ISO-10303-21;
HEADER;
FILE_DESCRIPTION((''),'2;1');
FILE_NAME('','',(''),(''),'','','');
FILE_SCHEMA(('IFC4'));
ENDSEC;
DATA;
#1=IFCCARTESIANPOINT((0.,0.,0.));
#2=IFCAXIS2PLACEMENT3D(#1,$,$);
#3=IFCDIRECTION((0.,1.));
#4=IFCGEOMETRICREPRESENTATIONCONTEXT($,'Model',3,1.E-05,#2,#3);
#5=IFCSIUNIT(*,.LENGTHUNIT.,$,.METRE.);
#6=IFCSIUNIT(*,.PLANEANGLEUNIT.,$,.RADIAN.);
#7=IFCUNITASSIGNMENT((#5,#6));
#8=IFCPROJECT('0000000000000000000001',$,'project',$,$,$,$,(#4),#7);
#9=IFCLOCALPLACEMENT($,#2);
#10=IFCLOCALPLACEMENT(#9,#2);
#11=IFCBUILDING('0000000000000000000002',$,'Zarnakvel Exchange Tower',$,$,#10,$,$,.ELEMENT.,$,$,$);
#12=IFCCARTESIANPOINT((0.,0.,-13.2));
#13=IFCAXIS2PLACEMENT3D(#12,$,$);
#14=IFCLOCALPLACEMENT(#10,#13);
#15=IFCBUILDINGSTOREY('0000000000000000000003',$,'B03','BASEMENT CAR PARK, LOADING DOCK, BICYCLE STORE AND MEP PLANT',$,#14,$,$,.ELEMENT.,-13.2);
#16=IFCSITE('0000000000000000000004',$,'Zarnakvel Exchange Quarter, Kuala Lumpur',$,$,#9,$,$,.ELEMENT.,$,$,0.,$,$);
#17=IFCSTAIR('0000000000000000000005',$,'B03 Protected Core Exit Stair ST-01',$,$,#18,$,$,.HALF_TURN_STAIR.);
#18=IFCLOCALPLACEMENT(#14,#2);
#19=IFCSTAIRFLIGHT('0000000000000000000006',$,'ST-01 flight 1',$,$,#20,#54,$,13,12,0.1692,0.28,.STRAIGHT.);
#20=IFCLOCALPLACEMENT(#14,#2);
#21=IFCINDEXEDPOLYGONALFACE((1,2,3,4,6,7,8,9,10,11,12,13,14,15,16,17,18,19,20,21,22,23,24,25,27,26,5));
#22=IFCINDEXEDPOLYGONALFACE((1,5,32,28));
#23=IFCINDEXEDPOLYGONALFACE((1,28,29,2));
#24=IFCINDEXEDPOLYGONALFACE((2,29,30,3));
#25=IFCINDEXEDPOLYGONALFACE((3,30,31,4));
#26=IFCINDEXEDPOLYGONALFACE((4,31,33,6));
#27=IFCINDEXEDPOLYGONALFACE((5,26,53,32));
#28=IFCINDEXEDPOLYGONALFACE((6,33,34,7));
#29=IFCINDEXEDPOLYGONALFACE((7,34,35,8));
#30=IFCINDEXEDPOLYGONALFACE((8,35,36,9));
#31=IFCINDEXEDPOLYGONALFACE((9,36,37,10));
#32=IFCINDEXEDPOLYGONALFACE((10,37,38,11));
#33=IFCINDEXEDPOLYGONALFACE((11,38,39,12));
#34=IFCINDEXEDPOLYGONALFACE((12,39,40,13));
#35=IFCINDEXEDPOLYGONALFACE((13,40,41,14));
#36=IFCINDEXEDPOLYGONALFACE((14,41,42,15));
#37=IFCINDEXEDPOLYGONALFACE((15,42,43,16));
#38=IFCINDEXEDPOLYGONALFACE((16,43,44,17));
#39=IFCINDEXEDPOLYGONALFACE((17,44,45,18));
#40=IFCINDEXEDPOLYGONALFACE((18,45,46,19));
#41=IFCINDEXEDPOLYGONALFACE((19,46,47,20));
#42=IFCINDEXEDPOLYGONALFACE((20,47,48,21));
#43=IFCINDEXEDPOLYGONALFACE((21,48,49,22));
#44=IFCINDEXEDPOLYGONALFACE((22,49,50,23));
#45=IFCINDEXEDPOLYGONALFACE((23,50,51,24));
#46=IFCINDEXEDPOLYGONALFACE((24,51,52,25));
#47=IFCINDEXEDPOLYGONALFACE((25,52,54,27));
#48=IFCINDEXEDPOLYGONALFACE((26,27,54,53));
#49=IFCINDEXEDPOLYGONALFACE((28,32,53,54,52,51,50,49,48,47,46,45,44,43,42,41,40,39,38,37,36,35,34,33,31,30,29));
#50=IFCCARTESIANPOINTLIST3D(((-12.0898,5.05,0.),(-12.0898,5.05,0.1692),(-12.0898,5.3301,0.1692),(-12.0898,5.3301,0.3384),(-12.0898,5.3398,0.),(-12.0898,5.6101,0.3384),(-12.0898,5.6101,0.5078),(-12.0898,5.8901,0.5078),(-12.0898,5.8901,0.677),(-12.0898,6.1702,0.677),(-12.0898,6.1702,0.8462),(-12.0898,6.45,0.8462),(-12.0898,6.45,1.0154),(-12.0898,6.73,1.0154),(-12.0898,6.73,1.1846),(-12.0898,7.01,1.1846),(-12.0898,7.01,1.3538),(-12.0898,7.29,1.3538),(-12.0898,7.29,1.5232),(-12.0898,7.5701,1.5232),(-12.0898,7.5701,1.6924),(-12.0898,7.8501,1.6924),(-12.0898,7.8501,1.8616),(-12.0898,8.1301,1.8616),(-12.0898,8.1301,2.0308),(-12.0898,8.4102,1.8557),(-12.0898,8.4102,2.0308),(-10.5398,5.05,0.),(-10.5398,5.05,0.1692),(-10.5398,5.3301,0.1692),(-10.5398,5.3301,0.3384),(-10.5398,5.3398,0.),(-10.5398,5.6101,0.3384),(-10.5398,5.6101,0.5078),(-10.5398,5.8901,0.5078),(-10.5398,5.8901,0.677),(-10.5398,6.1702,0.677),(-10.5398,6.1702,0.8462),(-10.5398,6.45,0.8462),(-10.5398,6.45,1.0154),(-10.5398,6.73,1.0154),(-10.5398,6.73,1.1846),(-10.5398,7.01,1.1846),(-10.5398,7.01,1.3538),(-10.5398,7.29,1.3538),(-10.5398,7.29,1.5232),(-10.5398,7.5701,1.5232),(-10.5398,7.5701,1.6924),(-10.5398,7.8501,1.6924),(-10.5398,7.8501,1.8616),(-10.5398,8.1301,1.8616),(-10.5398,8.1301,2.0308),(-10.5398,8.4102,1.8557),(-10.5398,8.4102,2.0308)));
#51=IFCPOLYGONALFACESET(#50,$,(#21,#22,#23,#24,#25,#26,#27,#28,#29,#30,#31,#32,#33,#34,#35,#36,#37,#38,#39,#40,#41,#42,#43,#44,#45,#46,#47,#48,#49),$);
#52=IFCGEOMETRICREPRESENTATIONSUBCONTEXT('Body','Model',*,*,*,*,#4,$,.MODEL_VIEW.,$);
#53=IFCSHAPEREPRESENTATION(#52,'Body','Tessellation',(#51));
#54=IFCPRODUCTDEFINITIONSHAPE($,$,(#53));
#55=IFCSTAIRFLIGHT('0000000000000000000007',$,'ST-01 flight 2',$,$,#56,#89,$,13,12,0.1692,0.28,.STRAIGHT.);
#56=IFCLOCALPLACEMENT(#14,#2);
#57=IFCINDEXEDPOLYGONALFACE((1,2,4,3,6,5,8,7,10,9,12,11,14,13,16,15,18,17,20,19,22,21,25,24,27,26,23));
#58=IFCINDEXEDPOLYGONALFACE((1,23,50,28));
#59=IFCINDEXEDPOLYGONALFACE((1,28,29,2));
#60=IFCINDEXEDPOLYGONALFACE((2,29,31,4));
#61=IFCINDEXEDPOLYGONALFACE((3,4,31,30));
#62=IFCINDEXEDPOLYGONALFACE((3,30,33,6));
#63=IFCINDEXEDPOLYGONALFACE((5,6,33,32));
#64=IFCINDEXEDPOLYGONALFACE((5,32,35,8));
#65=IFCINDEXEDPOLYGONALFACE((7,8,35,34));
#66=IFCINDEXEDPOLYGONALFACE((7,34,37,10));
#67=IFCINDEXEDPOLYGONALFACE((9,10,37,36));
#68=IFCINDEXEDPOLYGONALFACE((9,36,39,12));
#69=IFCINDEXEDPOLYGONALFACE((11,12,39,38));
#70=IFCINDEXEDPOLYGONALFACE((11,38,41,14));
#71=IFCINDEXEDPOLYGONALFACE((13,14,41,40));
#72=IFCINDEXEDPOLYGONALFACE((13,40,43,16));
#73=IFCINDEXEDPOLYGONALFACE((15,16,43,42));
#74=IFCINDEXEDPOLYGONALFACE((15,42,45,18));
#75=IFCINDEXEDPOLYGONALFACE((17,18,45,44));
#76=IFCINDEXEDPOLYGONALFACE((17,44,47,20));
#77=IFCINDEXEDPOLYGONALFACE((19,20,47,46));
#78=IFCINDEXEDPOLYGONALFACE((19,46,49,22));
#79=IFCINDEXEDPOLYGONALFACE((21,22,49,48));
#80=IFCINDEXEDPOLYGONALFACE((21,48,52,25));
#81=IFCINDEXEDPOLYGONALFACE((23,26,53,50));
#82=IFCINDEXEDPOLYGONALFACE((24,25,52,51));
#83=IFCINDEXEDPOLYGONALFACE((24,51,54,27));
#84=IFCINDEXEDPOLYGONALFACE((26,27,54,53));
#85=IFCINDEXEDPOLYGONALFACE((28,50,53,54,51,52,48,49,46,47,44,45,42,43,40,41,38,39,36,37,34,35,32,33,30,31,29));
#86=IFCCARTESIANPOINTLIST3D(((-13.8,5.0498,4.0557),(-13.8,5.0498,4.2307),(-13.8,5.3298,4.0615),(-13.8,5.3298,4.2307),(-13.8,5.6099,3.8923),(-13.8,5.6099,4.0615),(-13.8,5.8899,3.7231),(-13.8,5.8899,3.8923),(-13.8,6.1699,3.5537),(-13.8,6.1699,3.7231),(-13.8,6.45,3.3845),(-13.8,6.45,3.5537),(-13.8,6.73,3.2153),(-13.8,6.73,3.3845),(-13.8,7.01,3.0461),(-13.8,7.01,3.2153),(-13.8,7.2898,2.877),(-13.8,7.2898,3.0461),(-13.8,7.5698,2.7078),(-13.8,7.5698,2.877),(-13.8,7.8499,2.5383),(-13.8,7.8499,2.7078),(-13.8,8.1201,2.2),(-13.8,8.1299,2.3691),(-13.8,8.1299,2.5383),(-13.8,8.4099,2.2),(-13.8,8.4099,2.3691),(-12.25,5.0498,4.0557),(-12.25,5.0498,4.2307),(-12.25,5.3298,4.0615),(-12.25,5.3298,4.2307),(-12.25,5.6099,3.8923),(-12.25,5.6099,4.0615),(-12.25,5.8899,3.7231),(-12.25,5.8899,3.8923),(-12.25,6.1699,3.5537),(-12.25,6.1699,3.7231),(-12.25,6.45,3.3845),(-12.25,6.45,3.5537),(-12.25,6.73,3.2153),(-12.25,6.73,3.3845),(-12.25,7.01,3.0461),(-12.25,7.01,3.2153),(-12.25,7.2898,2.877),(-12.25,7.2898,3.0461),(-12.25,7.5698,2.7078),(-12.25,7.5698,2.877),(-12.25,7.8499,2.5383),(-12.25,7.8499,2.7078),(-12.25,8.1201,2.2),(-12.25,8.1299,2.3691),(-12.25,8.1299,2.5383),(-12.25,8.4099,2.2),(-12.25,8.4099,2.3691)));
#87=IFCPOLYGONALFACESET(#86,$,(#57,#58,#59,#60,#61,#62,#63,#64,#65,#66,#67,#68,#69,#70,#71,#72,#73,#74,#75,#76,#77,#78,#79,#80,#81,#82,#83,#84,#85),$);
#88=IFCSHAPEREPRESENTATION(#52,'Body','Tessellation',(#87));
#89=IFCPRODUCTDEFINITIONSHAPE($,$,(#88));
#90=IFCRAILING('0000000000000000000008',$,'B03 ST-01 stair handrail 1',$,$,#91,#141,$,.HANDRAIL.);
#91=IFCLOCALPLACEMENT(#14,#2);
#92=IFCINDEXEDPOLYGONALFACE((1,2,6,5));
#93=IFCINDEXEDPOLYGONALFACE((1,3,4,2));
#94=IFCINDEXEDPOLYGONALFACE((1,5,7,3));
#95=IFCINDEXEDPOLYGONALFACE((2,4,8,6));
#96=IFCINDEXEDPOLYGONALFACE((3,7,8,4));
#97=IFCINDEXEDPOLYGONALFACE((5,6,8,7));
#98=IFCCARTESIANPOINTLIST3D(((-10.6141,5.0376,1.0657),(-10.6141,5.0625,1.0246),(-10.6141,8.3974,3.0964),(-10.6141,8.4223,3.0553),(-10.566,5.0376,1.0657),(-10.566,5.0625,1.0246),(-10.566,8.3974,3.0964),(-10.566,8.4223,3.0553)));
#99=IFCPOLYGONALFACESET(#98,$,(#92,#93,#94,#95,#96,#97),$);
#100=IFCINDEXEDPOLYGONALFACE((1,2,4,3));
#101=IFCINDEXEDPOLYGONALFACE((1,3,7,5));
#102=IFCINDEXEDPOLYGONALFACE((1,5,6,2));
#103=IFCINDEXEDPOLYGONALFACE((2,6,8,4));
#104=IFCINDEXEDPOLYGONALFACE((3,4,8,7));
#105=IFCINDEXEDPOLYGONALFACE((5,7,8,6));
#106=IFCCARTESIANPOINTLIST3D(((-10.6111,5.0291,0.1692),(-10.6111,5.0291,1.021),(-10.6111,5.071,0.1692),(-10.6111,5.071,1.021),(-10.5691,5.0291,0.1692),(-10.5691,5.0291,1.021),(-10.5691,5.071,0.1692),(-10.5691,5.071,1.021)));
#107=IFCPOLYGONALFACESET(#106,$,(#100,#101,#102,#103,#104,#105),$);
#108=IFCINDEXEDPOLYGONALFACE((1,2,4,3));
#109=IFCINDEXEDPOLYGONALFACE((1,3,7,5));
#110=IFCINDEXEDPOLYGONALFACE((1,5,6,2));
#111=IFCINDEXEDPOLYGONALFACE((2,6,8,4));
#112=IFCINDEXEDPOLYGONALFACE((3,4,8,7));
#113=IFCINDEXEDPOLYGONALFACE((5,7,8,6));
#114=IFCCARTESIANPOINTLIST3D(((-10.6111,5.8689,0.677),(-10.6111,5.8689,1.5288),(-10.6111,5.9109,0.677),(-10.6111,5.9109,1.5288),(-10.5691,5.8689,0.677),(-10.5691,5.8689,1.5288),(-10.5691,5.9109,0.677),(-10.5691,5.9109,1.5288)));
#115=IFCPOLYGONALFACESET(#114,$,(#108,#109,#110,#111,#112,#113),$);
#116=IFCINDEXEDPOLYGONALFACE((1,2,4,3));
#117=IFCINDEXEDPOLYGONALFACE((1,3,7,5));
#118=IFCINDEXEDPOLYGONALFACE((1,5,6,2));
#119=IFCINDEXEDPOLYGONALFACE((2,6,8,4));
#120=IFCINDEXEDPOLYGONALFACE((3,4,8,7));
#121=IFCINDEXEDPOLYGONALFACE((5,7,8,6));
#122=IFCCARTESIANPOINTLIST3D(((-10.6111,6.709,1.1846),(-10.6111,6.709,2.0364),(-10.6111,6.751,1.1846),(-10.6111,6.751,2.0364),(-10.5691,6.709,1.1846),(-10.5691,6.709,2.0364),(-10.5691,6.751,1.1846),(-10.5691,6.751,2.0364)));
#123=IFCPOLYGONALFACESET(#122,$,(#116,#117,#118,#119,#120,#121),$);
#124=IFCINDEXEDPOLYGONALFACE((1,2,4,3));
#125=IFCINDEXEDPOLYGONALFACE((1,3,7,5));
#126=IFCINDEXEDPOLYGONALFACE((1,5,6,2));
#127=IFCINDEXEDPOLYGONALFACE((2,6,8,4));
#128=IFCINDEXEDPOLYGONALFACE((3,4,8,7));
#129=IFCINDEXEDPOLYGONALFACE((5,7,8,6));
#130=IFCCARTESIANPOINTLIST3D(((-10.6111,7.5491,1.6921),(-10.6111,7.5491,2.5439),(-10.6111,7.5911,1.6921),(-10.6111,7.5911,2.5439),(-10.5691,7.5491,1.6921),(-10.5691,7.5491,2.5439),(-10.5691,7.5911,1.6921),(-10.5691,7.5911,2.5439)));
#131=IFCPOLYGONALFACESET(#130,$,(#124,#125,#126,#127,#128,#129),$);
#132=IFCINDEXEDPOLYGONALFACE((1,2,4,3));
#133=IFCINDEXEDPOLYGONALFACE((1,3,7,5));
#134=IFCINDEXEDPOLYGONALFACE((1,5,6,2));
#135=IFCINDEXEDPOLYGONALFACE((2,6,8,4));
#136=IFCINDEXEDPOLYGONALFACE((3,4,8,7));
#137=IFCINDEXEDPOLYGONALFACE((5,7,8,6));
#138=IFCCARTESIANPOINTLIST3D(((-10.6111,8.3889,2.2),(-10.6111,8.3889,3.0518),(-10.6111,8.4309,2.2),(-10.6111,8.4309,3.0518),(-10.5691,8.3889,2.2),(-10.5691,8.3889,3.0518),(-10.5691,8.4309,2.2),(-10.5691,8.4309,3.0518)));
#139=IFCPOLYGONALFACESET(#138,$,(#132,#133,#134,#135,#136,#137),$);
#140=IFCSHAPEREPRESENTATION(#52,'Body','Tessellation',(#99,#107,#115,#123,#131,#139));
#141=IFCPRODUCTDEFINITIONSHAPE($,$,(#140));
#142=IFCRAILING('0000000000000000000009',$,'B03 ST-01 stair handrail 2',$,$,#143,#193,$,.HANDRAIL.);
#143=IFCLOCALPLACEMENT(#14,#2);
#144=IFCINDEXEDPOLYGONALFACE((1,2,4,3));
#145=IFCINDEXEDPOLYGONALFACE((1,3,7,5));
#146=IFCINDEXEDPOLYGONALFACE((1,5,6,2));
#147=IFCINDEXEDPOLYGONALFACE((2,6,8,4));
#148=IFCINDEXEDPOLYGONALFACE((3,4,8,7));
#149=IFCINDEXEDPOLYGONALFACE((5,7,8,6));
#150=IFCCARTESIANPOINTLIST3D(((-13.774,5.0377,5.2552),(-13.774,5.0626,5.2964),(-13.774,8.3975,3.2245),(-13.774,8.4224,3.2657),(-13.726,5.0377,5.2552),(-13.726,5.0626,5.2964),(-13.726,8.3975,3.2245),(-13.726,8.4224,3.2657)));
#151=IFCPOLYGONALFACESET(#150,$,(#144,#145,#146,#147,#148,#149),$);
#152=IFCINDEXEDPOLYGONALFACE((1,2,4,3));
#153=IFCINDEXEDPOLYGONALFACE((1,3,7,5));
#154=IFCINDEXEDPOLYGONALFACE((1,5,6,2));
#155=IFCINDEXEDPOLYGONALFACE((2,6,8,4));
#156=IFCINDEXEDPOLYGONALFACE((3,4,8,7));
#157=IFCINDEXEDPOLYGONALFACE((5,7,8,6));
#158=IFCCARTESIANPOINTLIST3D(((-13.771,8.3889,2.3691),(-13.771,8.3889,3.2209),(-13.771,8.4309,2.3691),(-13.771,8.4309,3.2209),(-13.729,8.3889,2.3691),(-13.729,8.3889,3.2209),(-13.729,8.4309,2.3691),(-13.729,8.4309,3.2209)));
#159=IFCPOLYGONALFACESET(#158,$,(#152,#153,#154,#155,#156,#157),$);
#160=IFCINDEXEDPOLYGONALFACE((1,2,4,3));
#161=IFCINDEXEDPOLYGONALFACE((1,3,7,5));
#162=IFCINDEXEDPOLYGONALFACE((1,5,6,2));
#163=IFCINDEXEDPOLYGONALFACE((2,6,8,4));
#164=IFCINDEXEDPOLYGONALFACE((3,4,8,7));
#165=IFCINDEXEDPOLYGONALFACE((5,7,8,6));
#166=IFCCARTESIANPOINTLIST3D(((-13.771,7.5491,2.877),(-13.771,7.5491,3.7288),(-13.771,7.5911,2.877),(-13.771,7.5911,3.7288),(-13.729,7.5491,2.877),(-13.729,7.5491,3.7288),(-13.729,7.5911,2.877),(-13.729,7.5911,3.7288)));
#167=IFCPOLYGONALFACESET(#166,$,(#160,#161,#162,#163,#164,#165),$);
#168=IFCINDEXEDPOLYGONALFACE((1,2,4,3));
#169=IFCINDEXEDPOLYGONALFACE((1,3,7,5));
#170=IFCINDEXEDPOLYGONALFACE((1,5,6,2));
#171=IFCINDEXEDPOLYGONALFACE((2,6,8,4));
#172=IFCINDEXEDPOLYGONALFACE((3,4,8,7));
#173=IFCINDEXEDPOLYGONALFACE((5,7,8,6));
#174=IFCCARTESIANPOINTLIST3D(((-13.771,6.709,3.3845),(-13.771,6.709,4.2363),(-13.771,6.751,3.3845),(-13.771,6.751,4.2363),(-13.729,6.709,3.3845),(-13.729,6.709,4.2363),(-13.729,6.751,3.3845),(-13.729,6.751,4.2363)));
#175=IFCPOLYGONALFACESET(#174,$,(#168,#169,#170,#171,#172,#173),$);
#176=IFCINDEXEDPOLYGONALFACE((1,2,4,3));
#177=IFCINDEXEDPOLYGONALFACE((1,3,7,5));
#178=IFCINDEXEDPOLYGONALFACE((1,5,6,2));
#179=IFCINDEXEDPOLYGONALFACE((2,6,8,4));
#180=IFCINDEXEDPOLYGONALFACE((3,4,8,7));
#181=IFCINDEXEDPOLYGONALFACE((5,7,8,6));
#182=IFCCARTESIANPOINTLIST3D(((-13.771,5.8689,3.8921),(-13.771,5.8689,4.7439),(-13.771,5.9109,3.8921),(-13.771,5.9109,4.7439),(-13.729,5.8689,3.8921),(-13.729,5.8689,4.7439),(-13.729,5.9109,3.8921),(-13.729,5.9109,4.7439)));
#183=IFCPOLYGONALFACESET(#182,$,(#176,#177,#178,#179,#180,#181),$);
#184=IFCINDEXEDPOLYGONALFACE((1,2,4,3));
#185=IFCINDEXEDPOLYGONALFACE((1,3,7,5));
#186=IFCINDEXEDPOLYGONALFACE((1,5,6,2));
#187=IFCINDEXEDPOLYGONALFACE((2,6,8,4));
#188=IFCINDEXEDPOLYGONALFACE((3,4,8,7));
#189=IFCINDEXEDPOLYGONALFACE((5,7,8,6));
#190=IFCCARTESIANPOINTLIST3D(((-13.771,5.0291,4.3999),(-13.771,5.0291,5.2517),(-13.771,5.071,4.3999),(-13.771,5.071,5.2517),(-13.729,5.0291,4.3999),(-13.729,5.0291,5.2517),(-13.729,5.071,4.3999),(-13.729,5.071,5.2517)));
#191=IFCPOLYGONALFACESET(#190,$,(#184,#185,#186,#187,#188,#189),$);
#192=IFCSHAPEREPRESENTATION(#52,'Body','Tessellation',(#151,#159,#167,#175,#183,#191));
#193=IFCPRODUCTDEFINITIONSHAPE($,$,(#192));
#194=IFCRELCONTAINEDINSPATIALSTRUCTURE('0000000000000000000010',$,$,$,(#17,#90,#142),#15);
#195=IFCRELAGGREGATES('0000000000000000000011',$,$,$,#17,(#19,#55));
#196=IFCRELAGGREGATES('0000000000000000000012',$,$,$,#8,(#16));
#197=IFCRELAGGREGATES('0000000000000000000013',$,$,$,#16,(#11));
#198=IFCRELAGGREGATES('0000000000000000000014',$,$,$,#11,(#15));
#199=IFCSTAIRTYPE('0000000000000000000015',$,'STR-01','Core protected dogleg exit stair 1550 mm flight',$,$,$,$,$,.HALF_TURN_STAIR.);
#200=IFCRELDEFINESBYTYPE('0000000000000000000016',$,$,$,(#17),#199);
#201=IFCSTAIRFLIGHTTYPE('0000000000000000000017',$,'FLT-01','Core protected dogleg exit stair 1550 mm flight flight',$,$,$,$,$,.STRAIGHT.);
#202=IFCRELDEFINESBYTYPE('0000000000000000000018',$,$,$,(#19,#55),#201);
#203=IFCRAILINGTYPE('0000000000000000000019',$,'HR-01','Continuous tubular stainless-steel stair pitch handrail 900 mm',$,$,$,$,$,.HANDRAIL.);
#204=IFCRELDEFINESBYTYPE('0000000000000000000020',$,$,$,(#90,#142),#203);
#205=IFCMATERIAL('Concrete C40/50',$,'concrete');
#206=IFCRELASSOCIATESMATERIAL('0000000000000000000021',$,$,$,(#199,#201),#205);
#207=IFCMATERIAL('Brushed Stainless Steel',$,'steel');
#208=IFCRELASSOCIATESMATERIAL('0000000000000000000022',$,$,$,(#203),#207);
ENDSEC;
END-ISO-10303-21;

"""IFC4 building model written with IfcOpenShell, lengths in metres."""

from ifc_helpers import new_model, si_unit, direction, frame, origin, origin_2d, place, context, subcontext, project, spatial, polyline, rectangle, outline, extrude, material, type_object, element, aggregate, save


model = new_model("IFC4")

# Units and contexts
model_context = context("Model", 3, precision=1e-05, world=origin(), true_north=direction((0.0, 1.0)))
body_context = subcontext(model_context, "Body", "Model", "MODEL_VIEW")
ifc_project = project(units=[si_unit("LENGTHUNIT", "METRE"), si_unit("PLANEANGLEUNIT", "RADIAN")], contexts=[model_context])

# Site, building, storey
site_placement = place(None, origin())
site = spatial("IfcSite", under=ifc_project, at=site_placement, Name="Zarnakvel Exchange Quarter, Kuala Lumpur", CompositionType="ELEMENT", RefElevation=0.0)
building_placement = place(site_placement, origin())
building = spatial("IfcBuilding", under=site, at=building_placement, Name="Zarnakvel Exchange Tower", CompositionType="ELEMENT")
storey_placement = place(building_placement, frame((0.0, 0.0, -13.2)))
storey = spatial("IfcBuildingStorey", under=building, at=storey_placement, Name="B03", Description="BASEMENT CAR PARK, LOADING DOCK, BICYCLE STORE AND MEP PLANT", CompositionType="ELEMENT", Elevation=-13.2)

# Shared definitions
ifc_material_1 = material(Name="Concrete C40/50", Category="concrete")
ifc_material_2 = material(Name="Brushed Stainless Steel", Category="steel")

# Stair, stair flights
stair_type = type_object("IfcStairType", Name="STR-01", Description="Core protected dogleg exit stair 1550 mm flight", PredefinedType="HALF_TURN_STAIR", material=ifc_material_1)
stair_placement = place(storey_placement, origin())
stair = element("IfcStair", 1, at=stair_placement, inside=storey, type_object=stair_type, Name="B03 Protected Core Exit Stair ST-01", PredefinedType="HALF_TURN_STAIR")
stair_flight_type = type_object("IfcStairFlightType", Name="FLT-01", Description="Core protected dogleg exit stair 1550 mm flight flight", PredefinedType="STRAIGHT", material=ifc_material_1)
stair_flight_1_placement = place(storey_placement, frame((-11.3149, 5.05, 0.0), z_axis=(0.0, 0.0, 1.0), x_axis=(0.0, 1.0, 0.0)))
stair_flight_1 = element("IfcStairFlight", 2, at=stair_flight_1_placement, type_object=stair_flight_type, Name="ST-01 flight 1", NumberOfRisers=13, NumberOfTreads=12, PredefinedType="STRAIGHT", RiserHeight=0.1692, TreadLength=0.28, context=body_context, shape_type="SweptSolid", body=[
    extrude(outline(polyline([(0.0, 0.0), (0.0, 0.1692), (0.28, 0.1692), (0.28, 0.3384), (0.5601, 0.3384), (0.5601, 0.5078), (0.8401, 0.5078), (0.8401, 0.677), (1.1201, 0.677), (1.1201, 0.8462), (1.3999, 0.8462), (1.3999, 1.0154), (1.6799, 1.0154), (1.6799, 1.1846), (1.96, 1.1846), (1.96, 1.3538), (2.24, 1.3538), (2.24, 1.5232), (2.52, 1.5232), (2.52, 1.6924), (2.8, 1.6924), (2.8, 1.8616), (3.0801, 1.8616), (3.0801, 2.0308), (3.3601, 2.0308), (3.3601, 2.2), (3.3601, 1.8557), (0.2898, 0.0), (0.0, 0.0)])), frame((0.0, 0.7749, 0.0), z_axis=(0.0, -1.0, 0.0), x_axis=(1.0, 0.0, 0.0)), (0.0, 0.0, 1.0), 1.55),
])
stair_flight_2_placement = place(storey_placement, frame((-13.0249, 8.4099, 2.2), z_axis=(0.0, 0.0, 1.0), x_axis=(0.0, -1.0, 0.0)))
stair_flight_2 = element("IfcStairFlight", 3, at=stair_flight_2_placement, type_object=stair_flight_type, Name="ST-01 flight 2", NumberOfRisers=13, NumberOfTreads=12, PredefinedType="STRAIGHT", RiserHeight=0.1692, TreadLength=0.28, context=body_context, shape_type="SweptSolid", body=[
    extrude(outline(polyline([(0.0, 0.0), (0.0, 0.1692), (0.28, 0.1692), (0.28, 0.3384), (0.5601, 0.3384), (0.5601, 0.5078), (0.8401, 0.5078), (0.8401, 0.677), (1.1201, 0.677), (1.1201, 0.8462), (1.3999, 0.8462), (1.3999, 1.0154), (1.6799, 1.0154), (1.6799, 1.1846), (1.96, 1.1846), (1.96, 1.3538), (2.24, 1.3538), (2.24, 1.5232), (2.52, 1.5232), (2.52, 1.6924), (2.8, 1.6924), (2.8, 1.8616), (3.0801, 1.8616), (3.0801, 2.0308), (3.3601, 2.0308), (3.3601, 2.2), (3.3601, 1.8557), (0.2898, 0.0), (0.0, 0.0)])), frame((0.0, 0.7749, 0.0), z_axis=(0.0, -1.0, 0.0), x_axis=(1.0, 0.0, 0.0)), (0.0, 0.0, 1.0), 1.55),
])
aggregate(stair, [stair_flight_1, stair_flight_2])

# Railings
railing_type_1 = type_object("IfcRailingType", Name="HR-01", Description="Continuous tubular stainless-steel stair pitch handrail 900 mm", PredefinedType="HANDRAIL", material=ifc_material_2)
railing_1_placement = place(storey_placement, frame((-10.5901, 5.05, 0.1692)))
element("IfcRailing", 4, at=railing_1_placement, inside=storey, type_object=railing_type_1, Name="B03 ST-01 stair handrail 1", PredefinedType="HANDRAIL", context=body_context, shape_type="SweptSolid", body=[
    extrude(rectangle(XDim=0.0481, YDim=0.0481, at=origin_2d()), frame((0.0, 0.0, 0.876), z_axis=(0.0, 0.85582, 0.517273), x_axis=(-1.0, 0.0, 0.0)), (0.0, 0.0, 1.0), 3.9258),
    extrude(rectangle(XDim=0.042, YDim=0.042, at=origin_2d()), origin(), (0.0, 0.0, 1.0), 0.8518),
    extrude(rectangle(XDim=0.042, YDim=0.042, at=origin_2d()), frame((0.0, 0.8398, 0.5078)), (0.0, 0.0, 1.0), 0.8518),
    extrude(rectangle(XDim=0.042, YDim=0.042, at=origin_2d()), frame((0.0, 1.6799, 1.0154)), (0.0, 0.0, 1.0), 0.8518),
    extrude(rectangle(XDim=0.042, YDim=0.042, at=origin_2d()), frame((0.0, 2.52, 1.5229)), (0.0, 0.0, 1.0), 0.8518),
    extrude(rectangle(XDim=0.042, YDim=0.042, at=origin_2d()), frame((0.0, 3.3599, 2.0308)), (0.0, 0.0, 1.0), 0.8518),
])
railing_2_placement = place(storey_placement, frame((-13.75, 8.4099, 2.3691)))
element("IfcRailing", 5, at=railing_2_placement, inside=storey, type_object=railing_type_1, Name="B03 ST-01 stair handrail 2", PredefinedType="HANDRAIL", context=body_context, shape_type="SweptSolid", body=[
    extrude(rectangle(XDim=0.0481, YDim=0.0481, at=origin_2d()), frame((0.0, 0.0, 0.876), z_axis=(0.0, -0.85582, 0.517273), x_axis=(1.0, 0.0, 0.0)), (0.0, 0.0, 1.0), 3.9258),
    extrude(rectangle(XDim=0.042, YDim=0.042, at=origin_2d()), origin(), (0.0, 0.0, 1.0), 0.8518),
    extrude(rectangle(XDim=0.042, YDim=0.042, at=origin_2d()), frame((0.0, -0.8398, 0.5078)), (0.0, 0.0, 1.0), 0.8518),
    extrude(rectangle(XDim=0.042, YDim=0.042, at=origin_2d()), frame((0.0, -1.6799, 1.0154)), (0.0, 0.0, 1.0), 0.8518),
    extrude(rectangle(XDim=0.042, YDim=0.042, at=origin_2d()), frame((0.0, -2.52, 1.5229)), (0.0, 0.0, 1.0), 0.8518),
    extrude(rectangle(XDim=0.042, YDim=0.042, at=origin_2d()), frame((0.0, -3.3599, 2.0308)), (0.0, 0.0, 1.0), 0.8518),
])

save(model, "model.ifc")
